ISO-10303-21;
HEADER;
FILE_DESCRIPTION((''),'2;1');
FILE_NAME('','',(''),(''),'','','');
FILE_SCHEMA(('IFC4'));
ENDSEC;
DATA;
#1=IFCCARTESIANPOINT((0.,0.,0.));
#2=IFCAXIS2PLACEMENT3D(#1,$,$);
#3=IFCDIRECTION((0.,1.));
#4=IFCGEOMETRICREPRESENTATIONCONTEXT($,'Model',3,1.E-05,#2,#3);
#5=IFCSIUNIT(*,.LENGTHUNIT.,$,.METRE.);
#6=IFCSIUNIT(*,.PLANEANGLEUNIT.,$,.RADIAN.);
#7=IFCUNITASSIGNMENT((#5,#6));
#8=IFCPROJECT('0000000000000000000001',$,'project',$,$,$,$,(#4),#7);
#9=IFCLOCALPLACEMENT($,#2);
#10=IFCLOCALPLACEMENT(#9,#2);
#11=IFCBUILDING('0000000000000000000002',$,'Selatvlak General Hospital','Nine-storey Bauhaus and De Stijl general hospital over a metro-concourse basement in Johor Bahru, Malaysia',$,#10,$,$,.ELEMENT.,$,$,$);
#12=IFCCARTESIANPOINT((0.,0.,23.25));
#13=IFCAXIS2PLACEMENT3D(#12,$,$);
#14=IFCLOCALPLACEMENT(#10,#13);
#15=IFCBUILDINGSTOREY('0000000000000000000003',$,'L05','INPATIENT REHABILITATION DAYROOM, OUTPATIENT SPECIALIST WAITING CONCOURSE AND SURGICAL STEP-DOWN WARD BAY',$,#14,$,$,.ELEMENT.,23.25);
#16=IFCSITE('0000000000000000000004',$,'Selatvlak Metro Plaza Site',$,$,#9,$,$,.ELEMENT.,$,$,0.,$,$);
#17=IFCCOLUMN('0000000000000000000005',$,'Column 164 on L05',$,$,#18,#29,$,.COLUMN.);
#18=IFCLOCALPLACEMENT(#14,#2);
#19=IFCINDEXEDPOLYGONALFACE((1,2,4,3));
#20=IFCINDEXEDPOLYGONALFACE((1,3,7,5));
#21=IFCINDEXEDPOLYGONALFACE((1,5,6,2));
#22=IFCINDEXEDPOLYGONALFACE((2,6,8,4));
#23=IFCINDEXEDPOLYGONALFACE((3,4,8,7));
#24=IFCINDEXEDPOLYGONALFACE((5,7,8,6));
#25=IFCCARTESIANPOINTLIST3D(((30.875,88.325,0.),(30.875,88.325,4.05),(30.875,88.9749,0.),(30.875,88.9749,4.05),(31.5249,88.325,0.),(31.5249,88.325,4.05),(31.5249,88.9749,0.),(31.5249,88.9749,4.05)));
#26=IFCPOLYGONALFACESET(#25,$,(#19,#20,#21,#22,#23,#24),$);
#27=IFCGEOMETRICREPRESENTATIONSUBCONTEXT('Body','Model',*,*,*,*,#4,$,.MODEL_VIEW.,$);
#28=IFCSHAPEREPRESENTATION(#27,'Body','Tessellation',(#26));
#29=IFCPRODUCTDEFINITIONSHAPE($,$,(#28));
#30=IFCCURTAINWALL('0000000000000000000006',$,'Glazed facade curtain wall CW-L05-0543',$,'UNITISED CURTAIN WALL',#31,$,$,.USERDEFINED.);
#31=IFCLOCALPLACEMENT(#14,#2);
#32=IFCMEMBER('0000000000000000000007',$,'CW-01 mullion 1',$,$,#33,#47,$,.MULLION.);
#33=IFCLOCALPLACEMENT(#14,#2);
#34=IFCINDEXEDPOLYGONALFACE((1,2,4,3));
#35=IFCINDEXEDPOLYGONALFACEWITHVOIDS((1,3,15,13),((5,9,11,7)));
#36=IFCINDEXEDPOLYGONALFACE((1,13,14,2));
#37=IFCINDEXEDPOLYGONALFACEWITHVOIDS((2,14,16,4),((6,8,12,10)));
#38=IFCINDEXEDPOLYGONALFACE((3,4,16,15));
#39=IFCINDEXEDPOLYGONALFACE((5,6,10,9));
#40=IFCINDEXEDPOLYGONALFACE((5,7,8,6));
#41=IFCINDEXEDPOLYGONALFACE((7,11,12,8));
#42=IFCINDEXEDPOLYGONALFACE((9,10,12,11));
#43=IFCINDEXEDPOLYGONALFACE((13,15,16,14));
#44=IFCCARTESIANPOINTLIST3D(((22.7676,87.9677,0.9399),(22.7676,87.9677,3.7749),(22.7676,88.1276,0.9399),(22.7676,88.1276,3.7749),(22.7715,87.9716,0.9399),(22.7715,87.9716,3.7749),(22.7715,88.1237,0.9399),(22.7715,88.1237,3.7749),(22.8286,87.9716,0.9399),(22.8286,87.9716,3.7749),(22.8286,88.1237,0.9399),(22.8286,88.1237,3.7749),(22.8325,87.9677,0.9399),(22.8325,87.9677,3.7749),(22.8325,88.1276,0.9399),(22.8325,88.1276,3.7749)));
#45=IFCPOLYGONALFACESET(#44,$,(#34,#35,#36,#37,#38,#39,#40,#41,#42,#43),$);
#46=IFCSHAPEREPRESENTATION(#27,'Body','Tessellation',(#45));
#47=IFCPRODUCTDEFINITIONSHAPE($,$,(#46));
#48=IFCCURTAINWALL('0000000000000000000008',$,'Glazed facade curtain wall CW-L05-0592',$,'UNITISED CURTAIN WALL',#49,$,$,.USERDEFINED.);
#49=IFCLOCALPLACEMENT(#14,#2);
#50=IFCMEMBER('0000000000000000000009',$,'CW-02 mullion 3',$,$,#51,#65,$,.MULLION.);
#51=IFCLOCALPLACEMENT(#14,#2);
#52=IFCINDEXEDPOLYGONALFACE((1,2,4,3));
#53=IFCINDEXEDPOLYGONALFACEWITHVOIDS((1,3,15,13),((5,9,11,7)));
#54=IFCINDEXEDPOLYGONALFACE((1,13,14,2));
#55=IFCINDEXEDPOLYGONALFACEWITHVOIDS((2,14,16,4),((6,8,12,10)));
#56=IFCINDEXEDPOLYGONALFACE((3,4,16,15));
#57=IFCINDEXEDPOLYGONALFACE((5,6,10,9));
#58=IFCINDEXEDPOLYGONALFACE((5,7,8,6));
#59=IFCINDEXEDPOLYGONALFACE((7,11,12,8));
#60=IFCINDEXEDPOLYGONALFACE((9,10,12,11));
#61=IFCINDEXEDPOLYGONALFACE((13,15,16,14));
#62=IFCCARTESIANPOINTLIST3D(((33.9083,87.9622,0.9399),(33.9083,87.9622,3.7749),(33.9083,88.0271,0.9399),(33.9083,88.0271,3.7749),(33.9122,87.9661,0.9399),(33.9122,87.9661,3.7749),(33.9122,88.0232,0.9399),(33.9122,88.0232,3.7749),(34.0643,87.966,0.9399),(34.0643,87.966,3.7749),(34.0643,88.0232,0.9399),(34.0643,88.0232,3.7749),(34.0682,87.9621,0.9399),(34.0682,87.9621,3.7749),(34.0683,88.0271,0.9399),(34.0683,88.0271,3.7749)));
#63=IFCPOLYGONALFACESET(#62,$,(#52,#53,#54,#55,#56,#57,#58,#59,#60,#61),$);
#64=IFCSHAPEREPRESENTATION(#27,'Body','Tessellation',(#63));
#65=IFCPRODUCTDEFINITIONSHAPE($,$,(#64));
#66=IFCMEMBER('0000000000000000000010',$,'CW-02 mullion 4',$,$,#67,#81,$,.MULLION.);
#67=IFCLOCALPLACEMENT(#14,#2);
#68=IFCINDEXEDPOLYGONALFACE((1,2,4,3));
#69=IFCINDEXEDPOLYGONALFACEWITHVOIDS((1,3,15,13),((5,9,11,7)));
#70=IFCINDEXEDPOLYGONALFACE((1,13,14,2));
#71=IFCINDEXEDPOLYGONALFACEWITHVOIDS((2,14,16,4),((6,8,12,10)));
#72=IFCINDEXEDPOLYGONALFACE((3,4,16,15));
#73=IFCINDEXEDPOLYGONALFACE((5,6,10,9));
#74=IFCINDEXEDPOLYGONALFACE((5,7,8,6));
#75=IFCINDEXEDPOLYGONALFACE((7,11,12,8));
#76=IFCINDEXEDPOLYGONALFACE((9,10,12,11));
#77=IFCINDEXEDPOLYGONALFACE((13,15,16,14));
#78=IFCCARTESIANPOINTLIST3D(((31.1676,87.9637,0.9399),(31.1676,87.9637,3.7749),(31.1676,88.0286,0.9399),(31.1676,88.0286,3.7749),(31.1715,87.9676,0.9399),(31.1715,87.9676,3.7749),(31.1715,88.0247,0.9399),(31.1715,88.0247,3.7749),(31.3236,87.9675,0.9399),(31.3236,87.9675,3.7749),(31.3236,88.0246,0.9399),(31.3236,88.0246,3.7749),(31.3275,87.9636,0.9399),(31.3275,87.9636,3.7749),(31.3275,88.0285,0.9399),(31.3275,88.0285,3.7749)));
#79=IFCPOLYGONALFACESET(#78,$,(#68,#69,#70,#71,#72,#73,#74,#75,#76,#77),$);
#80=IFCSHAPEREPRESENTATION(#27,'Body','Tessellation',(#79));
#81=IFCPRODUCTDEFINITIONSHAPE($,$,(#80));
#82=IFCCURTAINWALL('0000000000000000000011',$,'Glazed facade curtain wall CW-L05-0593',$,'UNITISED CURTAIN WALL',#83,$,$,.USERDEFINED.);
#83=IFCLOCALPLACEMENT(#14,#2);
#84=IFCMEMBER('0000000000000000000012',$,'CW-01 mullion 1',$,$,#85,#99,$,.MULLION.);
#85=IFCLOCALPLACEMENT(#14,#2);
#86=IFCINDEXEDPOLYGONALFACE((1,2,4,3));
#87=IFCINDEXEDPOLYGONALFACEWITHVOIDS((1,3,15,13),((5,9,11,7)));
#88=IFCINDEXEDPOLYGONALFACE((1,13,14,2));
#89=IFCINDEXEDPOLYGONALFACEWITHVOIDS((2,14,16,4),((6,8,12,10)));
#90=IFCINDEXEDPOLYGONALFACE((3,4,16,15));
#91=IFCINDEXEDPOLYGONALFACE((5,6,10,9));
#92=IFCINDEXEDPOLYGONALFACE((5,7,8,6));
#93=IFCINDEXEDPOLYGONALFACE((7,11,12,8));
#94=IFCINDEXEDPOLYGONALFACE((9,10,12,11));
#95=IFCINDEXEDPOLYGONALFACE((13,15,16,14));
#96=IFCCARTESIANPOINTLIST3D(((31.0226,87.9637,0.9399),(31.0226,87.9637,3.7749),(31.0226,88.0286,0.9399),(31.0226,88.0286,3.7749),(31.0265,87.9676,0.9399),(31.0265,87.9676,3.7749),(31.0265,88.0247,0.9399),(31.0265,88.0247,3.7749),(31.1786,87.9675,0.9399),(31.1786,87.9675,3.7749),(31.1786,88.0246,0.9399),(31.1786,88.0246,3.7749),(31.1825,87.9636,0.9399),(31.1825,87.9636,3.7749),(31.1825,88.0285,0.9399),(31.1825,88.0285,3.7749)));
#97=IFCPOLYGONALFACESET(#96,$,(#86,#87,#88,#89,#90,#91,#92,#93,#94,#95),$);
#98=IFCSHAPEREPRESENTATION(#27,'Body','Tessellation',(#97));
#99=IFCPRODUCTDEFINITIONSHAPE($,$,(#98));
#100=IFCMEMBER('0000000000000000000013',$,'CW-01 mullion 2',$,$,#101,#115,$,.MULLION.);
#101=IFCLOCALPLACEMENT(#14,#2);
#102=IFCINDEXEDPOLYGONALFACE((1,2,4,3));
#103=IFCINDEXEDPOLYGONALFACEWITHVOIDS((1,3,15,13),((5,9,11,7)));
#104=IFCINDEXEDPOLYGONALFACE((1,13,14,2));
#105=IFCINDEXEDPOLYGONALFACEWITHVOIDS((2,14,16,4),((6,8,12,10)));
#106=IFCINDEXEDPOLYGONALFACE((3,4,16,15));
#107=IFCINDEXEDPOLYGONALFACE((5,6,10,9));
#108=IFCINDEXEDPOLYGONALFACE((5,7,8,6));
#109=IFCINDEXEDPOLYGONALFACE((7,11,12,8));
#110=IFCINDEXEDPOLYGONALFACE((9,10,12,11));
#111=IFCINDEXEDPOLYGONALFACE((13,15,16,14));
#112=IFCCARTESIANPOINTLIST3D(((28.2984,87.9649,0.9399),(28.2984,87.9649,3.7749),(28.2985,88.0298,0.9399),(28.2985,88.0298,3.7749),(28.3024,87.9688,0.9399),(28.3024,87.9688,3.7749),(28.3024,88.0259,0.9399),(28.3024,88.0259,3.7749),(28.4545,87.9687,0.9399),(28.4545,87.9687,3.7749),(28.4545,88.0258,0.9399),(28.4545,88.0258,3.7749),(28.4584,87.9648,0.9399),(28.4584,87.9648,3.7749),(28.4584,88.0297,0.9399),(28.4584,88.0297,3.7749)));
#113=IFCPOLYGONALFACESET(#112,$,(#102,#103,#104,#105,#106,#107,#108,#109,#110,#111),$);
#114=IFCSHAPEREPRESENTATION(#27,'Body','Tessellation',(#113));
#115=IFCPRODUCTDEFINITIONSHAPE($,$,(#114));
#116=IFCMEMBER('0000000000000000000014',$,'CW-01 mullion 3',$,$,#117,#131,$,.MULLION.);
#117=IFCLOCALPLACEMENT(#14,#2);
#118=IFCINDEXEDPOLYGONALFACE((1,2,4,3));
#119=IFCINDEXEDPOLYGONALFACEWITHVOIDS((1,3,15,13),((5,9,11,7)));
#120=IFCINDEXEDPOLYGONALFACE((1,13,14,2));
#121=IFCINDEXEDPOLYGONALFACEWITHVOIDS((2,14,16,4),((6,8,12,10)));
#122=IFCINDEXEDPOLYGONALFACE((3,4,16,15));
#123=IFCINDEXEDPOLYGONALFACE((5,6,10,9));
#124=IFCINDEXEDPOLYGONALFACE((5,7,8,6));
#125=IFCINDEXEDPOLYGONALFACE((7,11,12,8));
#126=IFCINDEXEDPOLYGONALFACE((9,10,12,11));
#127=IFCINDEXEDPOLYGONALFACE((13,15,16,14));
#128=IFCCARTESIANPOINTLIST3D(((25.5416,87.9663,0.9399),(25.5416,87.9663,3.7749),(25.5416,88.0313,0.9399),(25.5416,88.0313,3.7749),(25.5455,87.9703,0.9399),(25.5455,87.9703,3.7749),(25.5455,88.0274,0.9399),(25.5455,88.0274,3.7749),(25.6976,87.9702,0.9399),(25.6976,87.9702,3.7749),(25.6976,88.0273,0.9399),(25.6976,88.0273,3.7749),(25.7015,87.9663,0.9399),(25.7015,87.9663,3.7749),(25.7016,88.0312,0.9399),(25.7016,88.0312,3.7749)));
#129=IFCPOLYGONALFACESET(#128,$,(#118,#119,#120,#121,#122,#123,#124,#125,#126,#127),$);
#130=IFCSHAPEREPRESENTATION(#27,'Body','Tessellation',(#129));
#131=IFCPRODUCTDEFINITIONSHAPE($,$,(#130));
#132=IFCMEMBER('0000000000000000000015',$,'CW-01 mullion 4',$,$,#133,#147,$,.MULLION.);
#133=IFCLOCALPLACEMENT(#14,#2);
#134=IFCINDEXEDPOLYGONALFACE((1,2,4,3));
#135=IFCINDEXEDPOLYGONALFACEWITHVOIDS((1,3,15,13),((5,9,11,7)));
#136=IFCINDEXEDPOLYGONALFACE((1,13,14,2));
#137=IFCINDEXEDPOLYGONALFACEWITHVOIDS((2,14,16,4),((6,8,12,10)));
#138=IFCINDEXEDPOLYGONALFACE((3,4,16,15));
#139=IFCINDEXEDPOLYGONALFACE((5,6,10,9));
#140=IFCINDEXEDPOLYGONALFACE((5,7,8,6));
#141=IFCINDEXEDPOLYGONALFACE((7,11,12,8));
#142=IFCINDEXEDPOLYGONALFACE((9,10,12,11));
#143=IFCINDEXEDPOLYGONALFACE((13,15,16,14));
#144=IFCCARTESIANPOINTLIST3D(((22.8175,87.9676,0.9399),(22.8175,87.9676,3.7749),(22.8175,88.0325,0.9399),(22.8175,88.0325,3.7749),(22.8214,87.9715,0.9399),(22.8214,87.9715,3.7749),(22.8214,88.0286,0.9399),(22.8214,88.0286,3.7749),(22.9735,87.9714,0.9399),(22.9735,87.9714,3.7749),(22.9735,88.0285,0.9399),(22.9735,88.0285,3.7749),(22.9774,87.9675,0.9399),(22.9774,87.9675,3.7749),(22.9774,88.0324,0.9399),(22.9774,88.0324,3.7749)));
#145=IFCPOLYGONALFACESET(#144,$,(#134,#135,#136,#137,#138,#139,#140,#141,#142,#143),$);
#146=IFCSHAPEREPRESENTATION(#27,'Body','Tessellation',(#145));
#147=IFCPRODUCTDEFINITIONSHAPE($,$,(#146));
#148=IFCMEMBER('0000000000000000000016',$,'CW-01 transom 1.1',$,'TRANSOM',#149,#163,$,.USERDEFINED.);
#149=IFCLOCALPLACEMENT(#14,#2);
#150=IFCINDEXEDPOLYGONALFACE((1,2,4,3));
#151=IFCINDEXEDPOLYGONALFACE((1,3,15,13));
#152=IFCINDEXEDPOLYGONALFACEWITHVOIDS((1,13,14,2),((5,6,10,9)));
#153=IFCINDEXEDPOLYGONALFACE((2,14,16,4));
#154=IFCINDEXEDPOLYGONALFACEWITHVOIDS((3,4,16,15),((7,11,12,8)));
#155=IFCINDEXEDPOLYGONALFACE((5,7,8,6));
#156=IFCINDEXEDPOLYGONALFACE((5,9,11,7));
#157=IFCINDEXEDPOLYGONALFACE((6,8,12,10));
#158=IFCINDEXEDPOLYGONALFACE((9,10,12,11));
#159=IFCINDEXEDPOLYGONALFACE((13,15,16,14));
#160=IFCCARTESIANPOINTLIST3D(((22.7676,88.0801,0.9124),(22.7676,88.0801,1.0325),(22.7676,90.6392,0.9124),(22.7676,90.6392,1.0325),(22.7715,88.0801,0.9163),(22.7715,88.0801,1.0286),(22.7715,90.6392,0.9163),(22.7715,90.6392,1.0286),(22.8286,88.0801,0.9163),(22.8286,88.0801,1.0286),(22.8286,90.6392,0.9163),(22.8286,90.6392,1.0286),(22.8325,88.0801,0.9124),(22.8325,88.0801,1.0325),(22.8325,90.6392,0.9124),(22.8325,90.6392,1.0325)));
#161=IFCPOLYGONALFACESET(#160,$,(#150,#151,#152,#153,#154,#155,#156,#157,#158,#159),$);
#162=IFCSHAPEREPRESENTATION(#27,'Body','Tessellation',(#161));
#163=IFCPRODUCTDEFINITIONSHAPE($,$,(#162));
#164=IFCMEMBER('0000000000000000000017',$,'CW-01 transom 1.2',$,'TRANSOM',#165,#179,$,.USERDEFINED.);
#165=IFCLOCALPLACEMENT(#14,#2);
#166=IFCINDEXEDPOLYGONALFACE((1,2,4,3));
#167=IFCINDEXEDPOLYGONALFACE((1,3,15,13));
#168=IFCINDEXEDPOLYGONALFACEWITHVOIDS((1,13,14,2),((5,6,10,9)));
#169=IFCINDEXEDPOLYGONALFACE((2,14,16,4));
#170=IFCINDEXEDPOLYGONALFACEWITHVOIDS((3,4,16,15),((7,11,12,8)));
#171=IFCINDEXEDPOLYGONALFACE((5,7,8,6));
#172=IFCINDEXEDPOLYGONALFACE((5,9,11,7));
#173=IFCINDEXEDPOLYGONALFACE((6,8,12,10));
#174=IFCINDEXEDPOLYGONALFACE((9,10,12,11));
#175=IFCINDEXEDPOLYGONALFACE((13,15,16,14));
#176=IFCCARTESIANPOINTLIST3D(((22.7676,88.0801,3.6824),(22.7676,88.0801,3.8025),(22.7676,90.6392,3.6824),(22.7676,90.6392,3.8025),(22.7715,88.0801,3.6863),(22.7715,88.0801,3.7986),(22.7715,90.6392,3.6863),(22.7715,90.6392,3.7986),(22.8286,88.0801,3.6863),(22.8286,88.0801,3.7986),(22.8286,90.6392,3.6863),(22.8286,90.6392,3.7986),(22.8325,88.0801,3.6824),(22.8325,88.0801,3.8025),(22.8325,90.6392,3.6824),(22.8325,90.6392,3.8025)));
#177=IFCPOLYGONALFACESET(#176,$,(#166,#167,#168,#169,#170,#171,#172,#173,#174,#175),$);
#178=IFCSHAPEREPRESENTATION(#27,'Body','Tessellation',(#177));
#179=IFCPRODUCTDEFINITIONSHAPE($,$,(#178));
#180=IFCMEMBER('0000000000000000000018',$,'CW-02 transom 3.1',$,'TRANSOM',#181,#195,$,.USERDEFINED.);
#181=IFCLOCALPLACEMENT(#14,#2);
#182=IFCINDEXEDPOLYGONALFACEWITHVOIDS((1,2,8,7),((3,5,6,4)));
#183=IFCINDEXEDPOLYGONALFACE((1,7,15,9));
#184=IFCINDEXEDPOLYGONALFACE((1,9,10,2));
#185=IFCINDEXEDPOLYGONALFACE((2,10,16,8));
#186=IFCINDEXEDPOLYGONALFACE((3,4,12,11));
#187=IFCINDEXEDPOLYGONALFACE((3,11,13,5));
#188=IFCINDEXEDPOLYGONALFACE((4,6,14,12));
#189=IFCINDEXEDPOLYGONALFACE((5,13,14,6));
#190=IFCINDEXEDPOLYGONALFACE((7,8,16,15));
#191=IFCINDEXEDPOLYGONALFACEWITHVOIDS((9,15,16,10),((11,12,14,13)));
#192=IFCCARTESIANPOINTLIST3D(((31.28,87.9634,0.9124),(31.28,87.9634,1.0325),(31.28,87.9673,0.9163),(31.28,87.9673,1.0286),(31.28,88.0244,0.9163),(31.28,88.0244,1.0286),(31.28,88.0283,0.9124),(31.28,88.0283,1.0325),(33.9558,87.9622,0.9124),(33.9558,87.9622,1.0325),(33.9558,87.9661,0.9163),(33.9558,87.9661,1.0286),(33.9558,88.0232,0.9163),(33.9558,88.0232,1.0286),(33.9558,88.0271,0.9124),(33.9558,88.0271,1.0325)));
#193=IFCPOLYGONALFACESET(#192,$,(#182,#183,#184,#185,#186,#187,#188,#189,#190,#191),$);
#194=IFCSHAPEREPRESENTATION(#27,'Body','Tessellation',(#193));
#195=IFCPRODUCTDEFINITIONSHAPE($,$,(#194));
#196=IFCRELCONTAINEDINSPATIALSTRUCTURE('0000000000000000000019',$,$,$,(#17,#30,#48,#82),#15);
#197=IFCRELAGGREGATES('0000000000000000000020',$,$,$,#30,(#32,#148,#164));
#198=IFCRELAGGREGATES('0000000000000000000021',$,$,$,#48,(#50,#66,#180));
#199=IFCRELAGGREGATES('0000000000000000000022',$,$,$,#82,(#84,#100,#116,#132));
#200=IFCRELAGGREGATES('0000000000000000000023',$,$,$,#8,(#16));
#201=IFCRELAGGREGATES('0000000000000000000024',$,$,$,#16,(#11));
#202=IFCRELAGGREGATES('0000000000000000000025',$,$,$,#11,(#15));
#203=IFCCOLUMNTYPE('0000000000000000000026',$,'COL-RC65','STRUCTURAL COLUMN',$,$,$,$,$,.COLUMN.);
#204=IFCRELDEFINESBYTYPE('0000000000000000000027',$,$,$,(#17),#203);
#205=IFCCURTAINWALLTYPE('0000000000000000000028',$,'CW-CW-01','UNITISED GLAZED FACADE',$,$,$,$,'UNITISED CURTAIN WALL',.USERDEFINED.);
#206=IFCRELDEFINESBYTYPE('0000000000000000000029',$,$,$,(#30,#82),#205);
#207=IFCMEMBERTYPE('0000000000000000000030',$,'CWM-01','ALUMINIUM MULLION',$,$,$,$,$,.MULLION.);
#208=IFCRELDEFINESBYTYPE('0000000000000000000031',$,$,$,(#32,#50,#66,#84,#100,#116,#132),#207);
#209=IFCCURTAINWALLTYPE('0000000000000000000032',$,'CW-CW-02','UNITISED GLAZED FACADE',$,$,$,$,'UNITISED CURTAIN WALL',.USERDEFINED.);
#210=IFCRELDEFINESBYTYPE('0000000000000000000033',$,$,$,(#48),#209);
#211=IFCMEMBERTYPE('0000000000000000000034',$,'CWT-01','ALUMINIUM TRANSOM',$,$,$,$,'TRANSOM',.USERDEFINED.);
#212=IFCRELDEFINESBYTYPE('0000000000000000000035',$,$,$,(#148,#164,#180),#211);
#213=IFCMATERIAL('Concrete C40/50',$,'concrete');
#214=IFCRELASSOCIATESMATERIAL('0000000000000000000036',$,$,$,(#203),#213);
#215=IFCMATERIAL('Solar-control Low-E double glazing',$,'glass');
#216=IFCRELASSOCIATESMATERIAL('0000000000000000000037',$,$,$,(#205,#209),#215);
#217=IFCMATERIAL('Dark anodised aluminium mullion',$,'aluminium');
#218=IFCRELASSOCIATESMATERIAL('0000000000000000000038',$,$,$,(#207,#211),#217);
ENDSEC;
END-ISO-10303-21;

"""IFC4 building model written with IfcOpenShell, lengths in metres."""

from ifc_helpers import new_model, si_unit, direction, frame, origin, origin_2d, place, context, subcontext, project, spatial, rectangle, hollow_rectangle, extrude, material, material_profile, profile_set, type_object, element, aggregate, save


model = new_model("IFC4")

# Units and contexts
model_context = context("Model", 3, precision=1e-05, world=origin(), true_north=direction((0.0, 1.0)))
body_context = subcontext(model_context, "Body", "Model", "MODEL_VIEW")
ifc_project = project(units=[si_unit("LENGTHUNIT", "METRE"), si_unit("PLANEANGLEUNIT", "RADIAN")], contexts=[model_context])

# Site, building, storey
site_placement = place(None, origin())
site = spatial("IfcSite", under=ifc_project, at=site_placement, Name="Selatvlak Metro Plaza Site", CompositionType="ELEMENT", RefElevation=0.0)
building_placement = place(site_placement, origin())
building = spatial("IfcBuilding", under=site, at=building_placement, Name="Selatvlak General Hospital", Description="Nine-storey Bauhaus and De Stijl general hospital over a metro-concourse basement in Johor Bahru, Malaysia", CompositionType="ELEMENT")
storey_placement = place(building_placement, frame((0.0, 0.0, 23.25)))
storey = spatial("IfcBuildingStorey", under=building, at=storey_placement, Name="L05", Description="INPATIENT REHABILITATION DAYROOM, OUTPATIENT SPECIALIST WAITING CONCOURSE AND SURGICAL STEP-DOWN WARD BAY", CompositionType="ELEMENT", Elevation=23.25)

# Column
ifc_material_1 = material(Name="Concrete C40/50", Category="concrete")
ifc_material_profile_1 = material_profile(ifc_material_1, rectangle(XDim=0.6499, YDim=0.6499, at=origin_2d()), Name="RC-COL 650x650")
ifc_profile_set_1 = profile_set([ifc_material_profile_1], Name="Concrete C40/50")
column_type = type_object("IfcColumnType", Name="COL-RC65", Description="STRUCTURAL COLUMN", PredefinedType="COLUMN", material=ifc_profile_set_1)
column_placement = place(storey_placement, frame((31.2, 88.6499, 0.0), z_axis=(0.0, 0.0, 1.0), x_axis=(1.0, 0.0, 0.0)))
element("IfcColumn", 1, at=column_placement, inside=storey, type_object=column_type, Name="Column 164 on L05", PredefinedType="COLUMN", context=body_context, shape_type="SweptSolid", body=[
    extrude(rectangle(XDim=0.6499, YDim=0.6499, at=origin_2d()), origin(), (0.0, 0.0, 1.0), 4.05),
])

# Curtain wall, member
ifc_material_2 = material(Name="Solar-control Low-E double glazing", Category="glass")
curtain_wall_type_1 = type_object("IfcCurtainWallType", Name="CW-CW-01", Description="UNITISED GLAZED FACADE", ElementType="UNITISED CURTAIN WALL", PredefinedType="USERDEFINED", material=ifc_material_2)
curtain_wall_1_placement = place(storey_placement, origin())
curtain_wall_1 = element("IfcCurtainWall", 2, at=curtain_wall_1_placement, inside=storey, type_object=curtain_wall_type_1, Name="Glazed facade curtain wall CW-L05-0543", ObjectType="UNITISED CURTAIN WALL", PredefinedType="USERDEFINED")
ifc_material_3 = material(Name="Dark anodised aluminium mullion", Category="aluminium")
ifc_material_profile_2 = material_profile(ifc_material_3, hollow_rectangle(XDim=0.0649, YDim=0.1599, WallThickness=0.0039, at=origin_2d()), Name="AL-MUL 65x160x4")
ifc_profile_set_2 = profile_set([ifc_material_profile_2], Name="Dark anodised aluminium mullion")
member_type_1 = type_object("IfcMemberType", Name="CWM-01", Description="ALUMINIUM MULLION", PredefinedType="MULLION", material=ifc_profile_set_2)
member_1_placement = place(storey_placement, frame((22.8, 88.0476, 0.9399), z_axis=(0.0, 0.0, 1.0), x_axis=(-1.0, 0.0, 0.0)))
member_1 = element("IfcMember", 3, at=member_1_placement, type_object=member_type_1, Name="CW-01 mullion 1", PredefinedType="MULLION", context=body_context, shape_type="SweptSolid", body=[
    extrude(hollow_rectangle(XDim=0.0649, YDim=0.1599, WallThickness=0.0039, at=origin_2d()), origin(), (0.0, 0.0, 1.0), 2.835),
])

# Curtain walls, members
curtain_wall_type_2 = type_object("IfcCurtainWallType", Name="CW-CW-02", Description="UNITISED GLAZED FACADE", ElementType="UNITISED CURTAIN WALL", PredefinedType="USERDEFINED", material=ifc_material_2)
curtain_wall_2_placement = place(storey_placement, origin())
curtain_wall_2 = element("IfcCurtainWall", 4, at=curtain_wall_2_placement, inside=storey, type_object=curtain_wall_type_2, Name="Glazed facade curtain wall CW-L05-0592", ObjectType="UNITISED CURTAIN WALL", PredefinedType="USERDEFINED")
member_2_placement = place(storey_placement, frame((33.9883, 87.9946, 0.9399), z_axis=(0.0, 0.0, 1.0), x_axis=(-0.000481, -1.0, 0.0)))
member_2 = element("IfcMember", 5, at=member_2_placement, type_object=member_type_1, Name="CW-02 mullion 3", PredefinedType="MULLION", context=body_context, shape_type="SweptSolid", body=[
    extrude(hollow_rectangle(XDim=0.0649, YDim=0.1599, WallThickness=0.0039, at=origin_2d()), origin(), (0.0, 0.0, 1.0), 2.835),
])
member_3_placement = place(storey_placement, frame((31.2476, 87.9961, 0.9399), z_axis=(0.0, 0.0, 1.0), x_axis=(-0.000481, -1.0, 0.0)))
member_3 = element("IfcMember", 6, at=member_3_placement, type_object=member_type_1, Name="CW-02 mullion 4", PredefinedType="MULLION", context=body_context, shape_type="SweptSolid", body=[
    extrude(hollow_rectangle(XDim=0.0649, YDim=0.1599, WallThickness=0.0039, at=origin_2d()), origin(), (0.0, 0.0, 1.0), 2.835),
])
curtain_wall_3_placement = place(storey_placement, origin())
curtain_wall_3 = element("IfcCurtainWall", 7, at=curtain_wall_3_placement, inside=storey, type_object=curtain_wall_type_1, Name="Glazed facade curtain wall CW-L05-0593", ObjectType="UNITISED CURTAIN WALL", PredefinedType="USERDEFINED")
member_4_placement = place(storey_placement, frame((31.1025, 87.9961, 0.9399), z_axis=(0.0, 0.0, 1.0), x_axis=(-0.000484, -1.0, 0.0)))
member_4 = element("IfcMember", 8, at=member_4_placement, type_object=member_type_1, Name="CW-01 mullion 1", PredefinedType="MULLION", context=body_context, shape_type="SweptSolid", body=[
    extrude(hollow_rectangle(XDim=0.0649, YDim=0.1599, WallThickness=0.0039, at=origin_2d()), origin(), (0.0, 0.0, 1.0), 2.835),
])
member_5_placement = place(storey_placement, frame((28.3784, 87.9973, 0.9399), z_axis=(0.0, 0.0, 1.0), x_axis=(-0.000484, -1.0, 0.0)))
member_5 = element("IfcMember", 9, at=member_5_placement, type_object=member_type_1, Name="CW-01 mullion 2", PredefinedType="MULLION", context=body_context, shape_type="SweptSolid", body=[
    extrude(hollow_rectangle(XDim=0.0649, YDim=0.1599, WallThickness=0.0039, at=origin_2d()), origin(), (0.0, 0.0, 1.0), 2.835),
])
member_6_placement = place(storey_placement, frame((25.6216, 87.9988, 0.9399), z_axis=(0.0, 0.0, 1.0), x_axis=(-0.000484, -1.0, 0.0)))
member_6 = element("IfcMember", 10, at=member_6_placement, type_object=member_type_1, Name="CW-01 mullion 3", PredefinedType="MULLION", context=body_context, shape_type="SweptSolid", body=[
    extrude(hollow_rectangle(XDim=0.0649, YDim=0.1599, WallThickness=0.0039, at=origin_2d()), origin(), (0.0, 0.0, 1.0), 2.835),
])
member_7_placement = place(storey_placement, frame((22.8975, 88.0, 0.9399), z_axis=(0.0, 0.0, 1.0), x_axis=(-0.000484, -1.0, 0.0)))
member_7 = element("IfcMember", 11, at=member_7_placement, type_object=member_type_1, Name="CW-01 mullion 4", PredefinedType="MULLION", context=body_context, shape_type="SweptSolid", body=[
    extrude(hollow_rectangle(XDim=0.0649, YDim=0.1599, WallThickness=0.0039, at=origin_2d()), origin(), (0.0, 0.0, 1.0), 2.835),
])

# Members
ifc_material_profile_3 = material_profile(ifc_material_3, hollow_rectangle(XDim=0.0649, YDim=0.1201, WallThickness=0.0039, at=origin_2d()), Name="AL-TRN 65x120x4")
ifc_profile_set_3 = profile_set([ifc_material_profile_3], Name="Dark anodised aluminium mullion")
member_type_2 = type_object("IfcMemberType", Name="CWT-01", Description="ALUMINIUM TRANSOM", ElementType="TRANSOM", PredefinedType="USERDEFINED", material=ifc_profile_set_3)
member_8_placement = place(storey_placement, frame((22.8, 88.0801, 0.9724), z_axis=(0.0, 1.0, 0.0), x_axis=(-1.0, 0.0, 0.0)))
member_8 = element("IfcMember", 12, at=member_8_placement, type_object=member_type_2, Name="CW-01 transom 1.1", ObjectType="TRANSOM", PredefinedType="USERDEFINED", context=body_context, shape_type="SweptSolid", body=[
    extrude(hollow_rectangle(XDim=0.0649, YDim=0.1201, WallThickness=0.0039, at=origin_2d()), origin(), (0.0, 0.0, 1.0), 2.5591),
])
member_9_placement = place(storey_placement, frame((22.8, 88.0801, 3.7424), z_axis=(0.0, 1.0, 0.0), x_axis=(-1.0, 0.0, 0.0)))
member_9 = element("IfcMember", 13, at=member_9_placement, type_object=member_type_2, Name="CW-01 transom 1.2", ObjectType="TRANSOM", PredefinedType="USERDEFINED", context=body_context, shape_type="SweptSolid", body=[
    extrude(hollow_rectangle(XDim=0.0649, YDim=0.1201, WallThickness=0.0039, at=origin_2d()), origin(), (0.0, 0.0, 1.0), 2.5591),
])
aggregate(curtain_wall_1, [member_1, member_8, member_9])
member_10_placement = place(storey_placement, frame((33.9558, 87.9946, 0.9724), z_axis=(-1.0, 0.000456, 0.0), x_axis=(-0.000456, -1.0, 0.0)))
member_10 = element("IfcMember", 14, at=member_10_placement, type_object=member_type_2, Name="CW-02 transom 3.1", ObjectType="TRANSOM", PredefinedType="USERDEFINED", context=body_context, shape_type="SweptSolid", body=[
    extrude(hollow_rectangle(XDim=0.0649, YDim=0.1201, WallThickness=0.0039, at=origin_2d()), origin(), (0.0, 0.0, 1.0), 2.6758),
])

aggregate(curtain_wall_2, [member_2, member_3, member_10])
aggregate(curtain_wall_3, [member_4, member_5, member_6, member_7])

save(model, "model.ifc")
